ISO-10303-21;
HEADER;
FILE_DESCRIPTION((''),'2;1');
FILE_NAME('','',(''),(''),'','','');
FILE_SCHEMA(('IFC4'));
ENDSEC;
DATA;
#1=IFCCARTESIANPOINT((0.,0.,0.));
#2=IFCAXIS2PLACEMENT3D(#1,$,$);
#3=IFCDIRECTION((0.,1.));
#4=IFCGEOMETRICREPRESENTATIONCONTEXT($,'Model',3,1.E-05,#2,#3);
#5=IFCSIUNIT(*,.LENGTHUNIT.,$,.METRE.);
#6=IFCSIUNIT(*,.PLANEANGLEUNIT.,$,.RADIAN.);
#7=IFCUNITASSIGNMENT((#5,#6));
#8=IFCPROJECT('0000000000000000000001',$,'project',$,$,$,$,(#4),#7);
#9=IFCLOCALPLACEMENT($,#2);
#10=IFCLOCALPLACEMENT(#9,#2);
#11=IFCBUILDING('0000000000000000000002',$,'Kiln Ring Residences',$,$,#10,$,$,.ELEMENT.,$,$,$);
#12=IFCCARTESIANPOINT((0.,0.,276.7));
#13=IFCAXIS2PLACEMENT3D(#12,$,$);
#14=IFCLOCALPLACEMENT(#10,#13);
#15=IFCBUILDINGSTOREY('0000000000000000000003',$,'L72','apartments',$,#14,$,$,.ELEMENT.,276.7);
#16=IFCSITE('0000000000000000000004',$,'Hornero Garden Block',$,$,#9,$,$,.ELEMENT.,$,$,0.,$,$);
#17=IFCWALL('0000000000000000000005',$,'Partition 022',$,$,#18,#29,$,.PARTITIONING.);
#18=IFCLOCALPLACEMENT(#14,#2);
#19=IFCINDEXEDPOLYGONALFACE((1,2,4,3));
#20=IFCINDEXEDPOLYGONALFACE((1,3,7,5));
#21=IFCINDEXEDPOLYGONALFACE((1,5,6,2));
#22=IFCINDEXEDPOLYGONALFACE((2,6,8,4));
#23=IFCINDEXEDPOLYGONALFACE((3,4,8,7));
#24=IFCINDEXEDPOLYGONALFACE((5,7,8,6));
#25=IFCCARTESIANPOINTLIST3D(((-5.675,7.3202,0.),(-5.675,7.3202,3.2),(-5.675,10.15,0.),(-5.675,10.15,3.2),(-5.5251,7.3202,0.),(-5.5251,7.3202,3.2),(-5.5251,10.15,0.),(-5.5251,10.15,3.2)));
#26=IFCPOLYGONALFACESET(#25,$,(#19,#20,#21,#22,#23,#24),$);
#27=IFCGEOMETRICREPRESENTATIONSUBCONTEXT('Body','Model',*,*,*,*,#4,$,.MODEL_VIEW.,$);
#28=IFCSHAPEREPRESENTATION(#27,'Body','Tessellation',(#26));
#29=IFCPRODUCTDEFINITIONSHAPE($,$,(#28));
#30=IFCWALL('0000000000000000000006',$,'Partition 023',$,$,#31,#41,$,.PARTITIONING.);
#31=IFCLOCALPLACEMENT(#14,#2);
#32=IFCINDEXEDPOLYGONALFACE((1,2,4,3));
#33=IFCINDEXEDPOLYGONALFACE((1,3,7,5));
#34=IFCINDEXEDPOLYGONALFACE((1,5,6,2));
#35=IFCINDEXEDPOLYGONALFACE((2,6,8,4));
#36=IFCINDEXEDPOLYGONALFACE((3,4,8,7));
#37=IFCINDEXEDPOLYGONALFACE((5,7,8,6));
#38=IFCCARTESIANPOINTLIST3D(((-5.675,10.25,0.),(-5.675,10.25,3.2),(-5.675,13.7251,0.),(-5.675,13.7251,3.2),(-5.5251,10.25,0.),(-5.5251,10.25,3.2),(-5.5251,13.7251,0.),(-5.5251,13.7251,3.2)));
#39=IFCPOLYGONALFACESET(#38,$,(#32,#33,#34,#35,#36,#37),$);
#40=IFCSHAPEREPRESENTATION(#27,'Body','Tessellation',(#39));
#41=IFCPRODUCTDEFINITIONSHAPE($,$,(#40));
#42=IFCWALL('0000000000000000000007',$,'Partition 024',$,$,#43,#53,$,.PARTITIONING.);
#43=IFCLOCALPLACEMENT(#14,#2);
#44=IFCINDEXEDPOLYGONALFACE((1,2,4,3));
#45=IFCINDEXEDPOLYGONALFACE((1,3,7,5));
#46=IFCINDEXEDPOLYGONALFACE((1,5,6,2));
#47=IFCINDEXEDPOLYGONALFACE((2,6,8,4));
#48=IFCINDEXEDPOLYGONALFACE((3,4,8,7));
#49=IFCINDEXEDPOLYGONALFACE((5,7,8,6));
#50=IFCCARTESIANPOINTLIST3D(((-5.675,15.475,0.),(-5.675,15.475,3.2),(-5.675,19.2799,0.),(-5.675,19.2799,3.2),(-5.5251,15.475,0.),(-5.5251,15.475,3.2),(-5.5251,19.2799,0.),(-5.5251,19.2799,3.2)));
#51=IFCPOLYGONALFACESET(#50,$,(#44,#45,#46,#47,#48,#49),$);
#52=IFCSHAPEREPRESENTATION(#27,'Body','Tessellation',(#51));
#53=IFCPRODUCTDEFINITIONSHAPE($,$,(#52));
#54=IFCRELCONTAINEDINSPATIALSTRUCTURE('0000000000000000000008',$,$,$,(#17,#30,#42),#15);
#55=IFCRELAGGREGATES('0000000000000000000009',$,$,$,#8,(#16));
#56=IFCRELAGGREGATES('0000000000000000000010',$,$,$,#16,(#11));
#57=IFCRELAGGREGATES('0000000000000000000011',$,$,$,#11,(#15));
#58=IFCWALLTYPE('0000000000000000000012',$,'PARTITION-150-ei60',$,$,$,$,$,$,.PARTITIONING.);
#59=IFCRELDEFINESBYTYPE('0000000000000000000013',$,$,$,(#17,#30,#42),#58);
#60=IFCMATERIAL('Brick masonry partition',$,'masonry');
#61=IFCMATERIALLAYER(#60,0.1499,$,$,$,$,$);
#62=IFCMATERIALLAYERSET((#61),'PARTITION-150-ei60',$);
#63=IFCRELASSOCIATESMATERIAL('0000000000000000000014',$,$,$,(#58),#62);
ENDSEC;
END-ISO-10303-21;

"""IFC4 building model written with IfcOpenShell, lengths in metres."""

from ifc_helpers import new_model, si_unit, direction, frame, frame_2d, origin, place, context, subcontext, project, spatial, rectangle, extrude, material, layer, layer_set, type_object, element, save


model = new_model("IFC4")

# Units and contexts
model_context = context("Model", 3, precision=1e-05, world=origin(), true_north=direction((0.0, 1.0)))
body_context = subcontext(model_context, "Body", "Model", "MODEL_VIEW")
ifc_project = project(units=[si_unit("LENGTHUNIT", "METRE"), si_unit("PLANEANGLEUNIT", "RADIAN")], contexts=[model_context])

# Site, building, storey
site_placement = place(None, origin())
site = spatial("IfcSite", under=ifc_project, at=site_placement, Name="Hornero Garden Block", CompositionType="ELEMENT", RefElevation=0.0)
building_placement = place(site_placement, origin())
building = spatial("IfcBuilding", under=site, at=building_placement, Name="Kiln Ring Residences", CompositionType="ELEMENT")
storey_placement = place(building_placement, frame((0.0, 0.0, 276.7)))
storey = spatial("IfcBuildingStorey", under=building, at=storey_placement, Name="L72", Description="apartments", CompositionType="ELEMENT", Elevation=276.7)

# Walls
ifc_material_1 = material(Name="Brick masonry partition", Category="masonry")
ifc_layer_1 = layer(ifc_material_1, 0.1499)
ifc_layer_set_1 = layer_set([ifc_layer_1], Name="PARTITION-150-ei60")
wall_type_1 = type_object("IfcWallType", Name="PARTITION-150-ei60", PredefinedType="PARTITIONING", material=ifc_layer_set_1)
wall_1_placement = place(storey_placement, frame((-5.6001, 7.3201, 0.0), z_axis=(0.0, 0.0, 1.0), x_axis=(0.0, 1.0, 0.0)))
element("IfcWall", 1, at=wall_1_placement, inside=storey, type_object=wall_type_1, Name="Partition 022", PredefinedType="PARTITIONING", context=body_context, shape_type="SweptSolid", body=[
    extrude(rectangle(XDim=2.8298, YDim=0.1499, at=frame_2d((1.415, 0.0))), origin(), (0.0, 0.0, 1.0), 3.2),
])
wall_2_placement = place(storey_placement, frame((-5.6001, 10.25, 0.0), z_axis=(0.0, 0.0, 1.0), x_axis=(0.0, 1.0, 0.0)))
element("IfcWall", 2, at=wall_2_placement, inside=storey, type_object=wall_type_1, Name="Partition 023", PredefinedType="PARTITIONING", context=body_context, shape_type="SweptSolid", body=[
    extrude(rectangle(XDim=3.4751, YDim=0.1499, at=frame_2d((1.7375, 0.0))), origin(), (0.0, 0.0, 1.0), 3.2),
])
wall_3_placement = place(storey_placement, frame((-5.6001, 15.4751, 0.0), z_axis=(0.0, 0.0, 1.0), x_axis=(0.0, 1.0, 0.0)))
element("IfcWall", 3, at=wall_3_placement, inside=storey, type_object=wall_type_1, Name="Partition 024", PredefinedType="PARTITIONING", context=body_context, shape_type="SweptSolid", body=[
    extrude(rectangle(XDim=3.8049, YDim=0.1499, at=frame_2d((1.9023, 0.0))), origin(), (0.0, 0.0, 1.0), 3.2),
])

save(model, "model.ifc")
